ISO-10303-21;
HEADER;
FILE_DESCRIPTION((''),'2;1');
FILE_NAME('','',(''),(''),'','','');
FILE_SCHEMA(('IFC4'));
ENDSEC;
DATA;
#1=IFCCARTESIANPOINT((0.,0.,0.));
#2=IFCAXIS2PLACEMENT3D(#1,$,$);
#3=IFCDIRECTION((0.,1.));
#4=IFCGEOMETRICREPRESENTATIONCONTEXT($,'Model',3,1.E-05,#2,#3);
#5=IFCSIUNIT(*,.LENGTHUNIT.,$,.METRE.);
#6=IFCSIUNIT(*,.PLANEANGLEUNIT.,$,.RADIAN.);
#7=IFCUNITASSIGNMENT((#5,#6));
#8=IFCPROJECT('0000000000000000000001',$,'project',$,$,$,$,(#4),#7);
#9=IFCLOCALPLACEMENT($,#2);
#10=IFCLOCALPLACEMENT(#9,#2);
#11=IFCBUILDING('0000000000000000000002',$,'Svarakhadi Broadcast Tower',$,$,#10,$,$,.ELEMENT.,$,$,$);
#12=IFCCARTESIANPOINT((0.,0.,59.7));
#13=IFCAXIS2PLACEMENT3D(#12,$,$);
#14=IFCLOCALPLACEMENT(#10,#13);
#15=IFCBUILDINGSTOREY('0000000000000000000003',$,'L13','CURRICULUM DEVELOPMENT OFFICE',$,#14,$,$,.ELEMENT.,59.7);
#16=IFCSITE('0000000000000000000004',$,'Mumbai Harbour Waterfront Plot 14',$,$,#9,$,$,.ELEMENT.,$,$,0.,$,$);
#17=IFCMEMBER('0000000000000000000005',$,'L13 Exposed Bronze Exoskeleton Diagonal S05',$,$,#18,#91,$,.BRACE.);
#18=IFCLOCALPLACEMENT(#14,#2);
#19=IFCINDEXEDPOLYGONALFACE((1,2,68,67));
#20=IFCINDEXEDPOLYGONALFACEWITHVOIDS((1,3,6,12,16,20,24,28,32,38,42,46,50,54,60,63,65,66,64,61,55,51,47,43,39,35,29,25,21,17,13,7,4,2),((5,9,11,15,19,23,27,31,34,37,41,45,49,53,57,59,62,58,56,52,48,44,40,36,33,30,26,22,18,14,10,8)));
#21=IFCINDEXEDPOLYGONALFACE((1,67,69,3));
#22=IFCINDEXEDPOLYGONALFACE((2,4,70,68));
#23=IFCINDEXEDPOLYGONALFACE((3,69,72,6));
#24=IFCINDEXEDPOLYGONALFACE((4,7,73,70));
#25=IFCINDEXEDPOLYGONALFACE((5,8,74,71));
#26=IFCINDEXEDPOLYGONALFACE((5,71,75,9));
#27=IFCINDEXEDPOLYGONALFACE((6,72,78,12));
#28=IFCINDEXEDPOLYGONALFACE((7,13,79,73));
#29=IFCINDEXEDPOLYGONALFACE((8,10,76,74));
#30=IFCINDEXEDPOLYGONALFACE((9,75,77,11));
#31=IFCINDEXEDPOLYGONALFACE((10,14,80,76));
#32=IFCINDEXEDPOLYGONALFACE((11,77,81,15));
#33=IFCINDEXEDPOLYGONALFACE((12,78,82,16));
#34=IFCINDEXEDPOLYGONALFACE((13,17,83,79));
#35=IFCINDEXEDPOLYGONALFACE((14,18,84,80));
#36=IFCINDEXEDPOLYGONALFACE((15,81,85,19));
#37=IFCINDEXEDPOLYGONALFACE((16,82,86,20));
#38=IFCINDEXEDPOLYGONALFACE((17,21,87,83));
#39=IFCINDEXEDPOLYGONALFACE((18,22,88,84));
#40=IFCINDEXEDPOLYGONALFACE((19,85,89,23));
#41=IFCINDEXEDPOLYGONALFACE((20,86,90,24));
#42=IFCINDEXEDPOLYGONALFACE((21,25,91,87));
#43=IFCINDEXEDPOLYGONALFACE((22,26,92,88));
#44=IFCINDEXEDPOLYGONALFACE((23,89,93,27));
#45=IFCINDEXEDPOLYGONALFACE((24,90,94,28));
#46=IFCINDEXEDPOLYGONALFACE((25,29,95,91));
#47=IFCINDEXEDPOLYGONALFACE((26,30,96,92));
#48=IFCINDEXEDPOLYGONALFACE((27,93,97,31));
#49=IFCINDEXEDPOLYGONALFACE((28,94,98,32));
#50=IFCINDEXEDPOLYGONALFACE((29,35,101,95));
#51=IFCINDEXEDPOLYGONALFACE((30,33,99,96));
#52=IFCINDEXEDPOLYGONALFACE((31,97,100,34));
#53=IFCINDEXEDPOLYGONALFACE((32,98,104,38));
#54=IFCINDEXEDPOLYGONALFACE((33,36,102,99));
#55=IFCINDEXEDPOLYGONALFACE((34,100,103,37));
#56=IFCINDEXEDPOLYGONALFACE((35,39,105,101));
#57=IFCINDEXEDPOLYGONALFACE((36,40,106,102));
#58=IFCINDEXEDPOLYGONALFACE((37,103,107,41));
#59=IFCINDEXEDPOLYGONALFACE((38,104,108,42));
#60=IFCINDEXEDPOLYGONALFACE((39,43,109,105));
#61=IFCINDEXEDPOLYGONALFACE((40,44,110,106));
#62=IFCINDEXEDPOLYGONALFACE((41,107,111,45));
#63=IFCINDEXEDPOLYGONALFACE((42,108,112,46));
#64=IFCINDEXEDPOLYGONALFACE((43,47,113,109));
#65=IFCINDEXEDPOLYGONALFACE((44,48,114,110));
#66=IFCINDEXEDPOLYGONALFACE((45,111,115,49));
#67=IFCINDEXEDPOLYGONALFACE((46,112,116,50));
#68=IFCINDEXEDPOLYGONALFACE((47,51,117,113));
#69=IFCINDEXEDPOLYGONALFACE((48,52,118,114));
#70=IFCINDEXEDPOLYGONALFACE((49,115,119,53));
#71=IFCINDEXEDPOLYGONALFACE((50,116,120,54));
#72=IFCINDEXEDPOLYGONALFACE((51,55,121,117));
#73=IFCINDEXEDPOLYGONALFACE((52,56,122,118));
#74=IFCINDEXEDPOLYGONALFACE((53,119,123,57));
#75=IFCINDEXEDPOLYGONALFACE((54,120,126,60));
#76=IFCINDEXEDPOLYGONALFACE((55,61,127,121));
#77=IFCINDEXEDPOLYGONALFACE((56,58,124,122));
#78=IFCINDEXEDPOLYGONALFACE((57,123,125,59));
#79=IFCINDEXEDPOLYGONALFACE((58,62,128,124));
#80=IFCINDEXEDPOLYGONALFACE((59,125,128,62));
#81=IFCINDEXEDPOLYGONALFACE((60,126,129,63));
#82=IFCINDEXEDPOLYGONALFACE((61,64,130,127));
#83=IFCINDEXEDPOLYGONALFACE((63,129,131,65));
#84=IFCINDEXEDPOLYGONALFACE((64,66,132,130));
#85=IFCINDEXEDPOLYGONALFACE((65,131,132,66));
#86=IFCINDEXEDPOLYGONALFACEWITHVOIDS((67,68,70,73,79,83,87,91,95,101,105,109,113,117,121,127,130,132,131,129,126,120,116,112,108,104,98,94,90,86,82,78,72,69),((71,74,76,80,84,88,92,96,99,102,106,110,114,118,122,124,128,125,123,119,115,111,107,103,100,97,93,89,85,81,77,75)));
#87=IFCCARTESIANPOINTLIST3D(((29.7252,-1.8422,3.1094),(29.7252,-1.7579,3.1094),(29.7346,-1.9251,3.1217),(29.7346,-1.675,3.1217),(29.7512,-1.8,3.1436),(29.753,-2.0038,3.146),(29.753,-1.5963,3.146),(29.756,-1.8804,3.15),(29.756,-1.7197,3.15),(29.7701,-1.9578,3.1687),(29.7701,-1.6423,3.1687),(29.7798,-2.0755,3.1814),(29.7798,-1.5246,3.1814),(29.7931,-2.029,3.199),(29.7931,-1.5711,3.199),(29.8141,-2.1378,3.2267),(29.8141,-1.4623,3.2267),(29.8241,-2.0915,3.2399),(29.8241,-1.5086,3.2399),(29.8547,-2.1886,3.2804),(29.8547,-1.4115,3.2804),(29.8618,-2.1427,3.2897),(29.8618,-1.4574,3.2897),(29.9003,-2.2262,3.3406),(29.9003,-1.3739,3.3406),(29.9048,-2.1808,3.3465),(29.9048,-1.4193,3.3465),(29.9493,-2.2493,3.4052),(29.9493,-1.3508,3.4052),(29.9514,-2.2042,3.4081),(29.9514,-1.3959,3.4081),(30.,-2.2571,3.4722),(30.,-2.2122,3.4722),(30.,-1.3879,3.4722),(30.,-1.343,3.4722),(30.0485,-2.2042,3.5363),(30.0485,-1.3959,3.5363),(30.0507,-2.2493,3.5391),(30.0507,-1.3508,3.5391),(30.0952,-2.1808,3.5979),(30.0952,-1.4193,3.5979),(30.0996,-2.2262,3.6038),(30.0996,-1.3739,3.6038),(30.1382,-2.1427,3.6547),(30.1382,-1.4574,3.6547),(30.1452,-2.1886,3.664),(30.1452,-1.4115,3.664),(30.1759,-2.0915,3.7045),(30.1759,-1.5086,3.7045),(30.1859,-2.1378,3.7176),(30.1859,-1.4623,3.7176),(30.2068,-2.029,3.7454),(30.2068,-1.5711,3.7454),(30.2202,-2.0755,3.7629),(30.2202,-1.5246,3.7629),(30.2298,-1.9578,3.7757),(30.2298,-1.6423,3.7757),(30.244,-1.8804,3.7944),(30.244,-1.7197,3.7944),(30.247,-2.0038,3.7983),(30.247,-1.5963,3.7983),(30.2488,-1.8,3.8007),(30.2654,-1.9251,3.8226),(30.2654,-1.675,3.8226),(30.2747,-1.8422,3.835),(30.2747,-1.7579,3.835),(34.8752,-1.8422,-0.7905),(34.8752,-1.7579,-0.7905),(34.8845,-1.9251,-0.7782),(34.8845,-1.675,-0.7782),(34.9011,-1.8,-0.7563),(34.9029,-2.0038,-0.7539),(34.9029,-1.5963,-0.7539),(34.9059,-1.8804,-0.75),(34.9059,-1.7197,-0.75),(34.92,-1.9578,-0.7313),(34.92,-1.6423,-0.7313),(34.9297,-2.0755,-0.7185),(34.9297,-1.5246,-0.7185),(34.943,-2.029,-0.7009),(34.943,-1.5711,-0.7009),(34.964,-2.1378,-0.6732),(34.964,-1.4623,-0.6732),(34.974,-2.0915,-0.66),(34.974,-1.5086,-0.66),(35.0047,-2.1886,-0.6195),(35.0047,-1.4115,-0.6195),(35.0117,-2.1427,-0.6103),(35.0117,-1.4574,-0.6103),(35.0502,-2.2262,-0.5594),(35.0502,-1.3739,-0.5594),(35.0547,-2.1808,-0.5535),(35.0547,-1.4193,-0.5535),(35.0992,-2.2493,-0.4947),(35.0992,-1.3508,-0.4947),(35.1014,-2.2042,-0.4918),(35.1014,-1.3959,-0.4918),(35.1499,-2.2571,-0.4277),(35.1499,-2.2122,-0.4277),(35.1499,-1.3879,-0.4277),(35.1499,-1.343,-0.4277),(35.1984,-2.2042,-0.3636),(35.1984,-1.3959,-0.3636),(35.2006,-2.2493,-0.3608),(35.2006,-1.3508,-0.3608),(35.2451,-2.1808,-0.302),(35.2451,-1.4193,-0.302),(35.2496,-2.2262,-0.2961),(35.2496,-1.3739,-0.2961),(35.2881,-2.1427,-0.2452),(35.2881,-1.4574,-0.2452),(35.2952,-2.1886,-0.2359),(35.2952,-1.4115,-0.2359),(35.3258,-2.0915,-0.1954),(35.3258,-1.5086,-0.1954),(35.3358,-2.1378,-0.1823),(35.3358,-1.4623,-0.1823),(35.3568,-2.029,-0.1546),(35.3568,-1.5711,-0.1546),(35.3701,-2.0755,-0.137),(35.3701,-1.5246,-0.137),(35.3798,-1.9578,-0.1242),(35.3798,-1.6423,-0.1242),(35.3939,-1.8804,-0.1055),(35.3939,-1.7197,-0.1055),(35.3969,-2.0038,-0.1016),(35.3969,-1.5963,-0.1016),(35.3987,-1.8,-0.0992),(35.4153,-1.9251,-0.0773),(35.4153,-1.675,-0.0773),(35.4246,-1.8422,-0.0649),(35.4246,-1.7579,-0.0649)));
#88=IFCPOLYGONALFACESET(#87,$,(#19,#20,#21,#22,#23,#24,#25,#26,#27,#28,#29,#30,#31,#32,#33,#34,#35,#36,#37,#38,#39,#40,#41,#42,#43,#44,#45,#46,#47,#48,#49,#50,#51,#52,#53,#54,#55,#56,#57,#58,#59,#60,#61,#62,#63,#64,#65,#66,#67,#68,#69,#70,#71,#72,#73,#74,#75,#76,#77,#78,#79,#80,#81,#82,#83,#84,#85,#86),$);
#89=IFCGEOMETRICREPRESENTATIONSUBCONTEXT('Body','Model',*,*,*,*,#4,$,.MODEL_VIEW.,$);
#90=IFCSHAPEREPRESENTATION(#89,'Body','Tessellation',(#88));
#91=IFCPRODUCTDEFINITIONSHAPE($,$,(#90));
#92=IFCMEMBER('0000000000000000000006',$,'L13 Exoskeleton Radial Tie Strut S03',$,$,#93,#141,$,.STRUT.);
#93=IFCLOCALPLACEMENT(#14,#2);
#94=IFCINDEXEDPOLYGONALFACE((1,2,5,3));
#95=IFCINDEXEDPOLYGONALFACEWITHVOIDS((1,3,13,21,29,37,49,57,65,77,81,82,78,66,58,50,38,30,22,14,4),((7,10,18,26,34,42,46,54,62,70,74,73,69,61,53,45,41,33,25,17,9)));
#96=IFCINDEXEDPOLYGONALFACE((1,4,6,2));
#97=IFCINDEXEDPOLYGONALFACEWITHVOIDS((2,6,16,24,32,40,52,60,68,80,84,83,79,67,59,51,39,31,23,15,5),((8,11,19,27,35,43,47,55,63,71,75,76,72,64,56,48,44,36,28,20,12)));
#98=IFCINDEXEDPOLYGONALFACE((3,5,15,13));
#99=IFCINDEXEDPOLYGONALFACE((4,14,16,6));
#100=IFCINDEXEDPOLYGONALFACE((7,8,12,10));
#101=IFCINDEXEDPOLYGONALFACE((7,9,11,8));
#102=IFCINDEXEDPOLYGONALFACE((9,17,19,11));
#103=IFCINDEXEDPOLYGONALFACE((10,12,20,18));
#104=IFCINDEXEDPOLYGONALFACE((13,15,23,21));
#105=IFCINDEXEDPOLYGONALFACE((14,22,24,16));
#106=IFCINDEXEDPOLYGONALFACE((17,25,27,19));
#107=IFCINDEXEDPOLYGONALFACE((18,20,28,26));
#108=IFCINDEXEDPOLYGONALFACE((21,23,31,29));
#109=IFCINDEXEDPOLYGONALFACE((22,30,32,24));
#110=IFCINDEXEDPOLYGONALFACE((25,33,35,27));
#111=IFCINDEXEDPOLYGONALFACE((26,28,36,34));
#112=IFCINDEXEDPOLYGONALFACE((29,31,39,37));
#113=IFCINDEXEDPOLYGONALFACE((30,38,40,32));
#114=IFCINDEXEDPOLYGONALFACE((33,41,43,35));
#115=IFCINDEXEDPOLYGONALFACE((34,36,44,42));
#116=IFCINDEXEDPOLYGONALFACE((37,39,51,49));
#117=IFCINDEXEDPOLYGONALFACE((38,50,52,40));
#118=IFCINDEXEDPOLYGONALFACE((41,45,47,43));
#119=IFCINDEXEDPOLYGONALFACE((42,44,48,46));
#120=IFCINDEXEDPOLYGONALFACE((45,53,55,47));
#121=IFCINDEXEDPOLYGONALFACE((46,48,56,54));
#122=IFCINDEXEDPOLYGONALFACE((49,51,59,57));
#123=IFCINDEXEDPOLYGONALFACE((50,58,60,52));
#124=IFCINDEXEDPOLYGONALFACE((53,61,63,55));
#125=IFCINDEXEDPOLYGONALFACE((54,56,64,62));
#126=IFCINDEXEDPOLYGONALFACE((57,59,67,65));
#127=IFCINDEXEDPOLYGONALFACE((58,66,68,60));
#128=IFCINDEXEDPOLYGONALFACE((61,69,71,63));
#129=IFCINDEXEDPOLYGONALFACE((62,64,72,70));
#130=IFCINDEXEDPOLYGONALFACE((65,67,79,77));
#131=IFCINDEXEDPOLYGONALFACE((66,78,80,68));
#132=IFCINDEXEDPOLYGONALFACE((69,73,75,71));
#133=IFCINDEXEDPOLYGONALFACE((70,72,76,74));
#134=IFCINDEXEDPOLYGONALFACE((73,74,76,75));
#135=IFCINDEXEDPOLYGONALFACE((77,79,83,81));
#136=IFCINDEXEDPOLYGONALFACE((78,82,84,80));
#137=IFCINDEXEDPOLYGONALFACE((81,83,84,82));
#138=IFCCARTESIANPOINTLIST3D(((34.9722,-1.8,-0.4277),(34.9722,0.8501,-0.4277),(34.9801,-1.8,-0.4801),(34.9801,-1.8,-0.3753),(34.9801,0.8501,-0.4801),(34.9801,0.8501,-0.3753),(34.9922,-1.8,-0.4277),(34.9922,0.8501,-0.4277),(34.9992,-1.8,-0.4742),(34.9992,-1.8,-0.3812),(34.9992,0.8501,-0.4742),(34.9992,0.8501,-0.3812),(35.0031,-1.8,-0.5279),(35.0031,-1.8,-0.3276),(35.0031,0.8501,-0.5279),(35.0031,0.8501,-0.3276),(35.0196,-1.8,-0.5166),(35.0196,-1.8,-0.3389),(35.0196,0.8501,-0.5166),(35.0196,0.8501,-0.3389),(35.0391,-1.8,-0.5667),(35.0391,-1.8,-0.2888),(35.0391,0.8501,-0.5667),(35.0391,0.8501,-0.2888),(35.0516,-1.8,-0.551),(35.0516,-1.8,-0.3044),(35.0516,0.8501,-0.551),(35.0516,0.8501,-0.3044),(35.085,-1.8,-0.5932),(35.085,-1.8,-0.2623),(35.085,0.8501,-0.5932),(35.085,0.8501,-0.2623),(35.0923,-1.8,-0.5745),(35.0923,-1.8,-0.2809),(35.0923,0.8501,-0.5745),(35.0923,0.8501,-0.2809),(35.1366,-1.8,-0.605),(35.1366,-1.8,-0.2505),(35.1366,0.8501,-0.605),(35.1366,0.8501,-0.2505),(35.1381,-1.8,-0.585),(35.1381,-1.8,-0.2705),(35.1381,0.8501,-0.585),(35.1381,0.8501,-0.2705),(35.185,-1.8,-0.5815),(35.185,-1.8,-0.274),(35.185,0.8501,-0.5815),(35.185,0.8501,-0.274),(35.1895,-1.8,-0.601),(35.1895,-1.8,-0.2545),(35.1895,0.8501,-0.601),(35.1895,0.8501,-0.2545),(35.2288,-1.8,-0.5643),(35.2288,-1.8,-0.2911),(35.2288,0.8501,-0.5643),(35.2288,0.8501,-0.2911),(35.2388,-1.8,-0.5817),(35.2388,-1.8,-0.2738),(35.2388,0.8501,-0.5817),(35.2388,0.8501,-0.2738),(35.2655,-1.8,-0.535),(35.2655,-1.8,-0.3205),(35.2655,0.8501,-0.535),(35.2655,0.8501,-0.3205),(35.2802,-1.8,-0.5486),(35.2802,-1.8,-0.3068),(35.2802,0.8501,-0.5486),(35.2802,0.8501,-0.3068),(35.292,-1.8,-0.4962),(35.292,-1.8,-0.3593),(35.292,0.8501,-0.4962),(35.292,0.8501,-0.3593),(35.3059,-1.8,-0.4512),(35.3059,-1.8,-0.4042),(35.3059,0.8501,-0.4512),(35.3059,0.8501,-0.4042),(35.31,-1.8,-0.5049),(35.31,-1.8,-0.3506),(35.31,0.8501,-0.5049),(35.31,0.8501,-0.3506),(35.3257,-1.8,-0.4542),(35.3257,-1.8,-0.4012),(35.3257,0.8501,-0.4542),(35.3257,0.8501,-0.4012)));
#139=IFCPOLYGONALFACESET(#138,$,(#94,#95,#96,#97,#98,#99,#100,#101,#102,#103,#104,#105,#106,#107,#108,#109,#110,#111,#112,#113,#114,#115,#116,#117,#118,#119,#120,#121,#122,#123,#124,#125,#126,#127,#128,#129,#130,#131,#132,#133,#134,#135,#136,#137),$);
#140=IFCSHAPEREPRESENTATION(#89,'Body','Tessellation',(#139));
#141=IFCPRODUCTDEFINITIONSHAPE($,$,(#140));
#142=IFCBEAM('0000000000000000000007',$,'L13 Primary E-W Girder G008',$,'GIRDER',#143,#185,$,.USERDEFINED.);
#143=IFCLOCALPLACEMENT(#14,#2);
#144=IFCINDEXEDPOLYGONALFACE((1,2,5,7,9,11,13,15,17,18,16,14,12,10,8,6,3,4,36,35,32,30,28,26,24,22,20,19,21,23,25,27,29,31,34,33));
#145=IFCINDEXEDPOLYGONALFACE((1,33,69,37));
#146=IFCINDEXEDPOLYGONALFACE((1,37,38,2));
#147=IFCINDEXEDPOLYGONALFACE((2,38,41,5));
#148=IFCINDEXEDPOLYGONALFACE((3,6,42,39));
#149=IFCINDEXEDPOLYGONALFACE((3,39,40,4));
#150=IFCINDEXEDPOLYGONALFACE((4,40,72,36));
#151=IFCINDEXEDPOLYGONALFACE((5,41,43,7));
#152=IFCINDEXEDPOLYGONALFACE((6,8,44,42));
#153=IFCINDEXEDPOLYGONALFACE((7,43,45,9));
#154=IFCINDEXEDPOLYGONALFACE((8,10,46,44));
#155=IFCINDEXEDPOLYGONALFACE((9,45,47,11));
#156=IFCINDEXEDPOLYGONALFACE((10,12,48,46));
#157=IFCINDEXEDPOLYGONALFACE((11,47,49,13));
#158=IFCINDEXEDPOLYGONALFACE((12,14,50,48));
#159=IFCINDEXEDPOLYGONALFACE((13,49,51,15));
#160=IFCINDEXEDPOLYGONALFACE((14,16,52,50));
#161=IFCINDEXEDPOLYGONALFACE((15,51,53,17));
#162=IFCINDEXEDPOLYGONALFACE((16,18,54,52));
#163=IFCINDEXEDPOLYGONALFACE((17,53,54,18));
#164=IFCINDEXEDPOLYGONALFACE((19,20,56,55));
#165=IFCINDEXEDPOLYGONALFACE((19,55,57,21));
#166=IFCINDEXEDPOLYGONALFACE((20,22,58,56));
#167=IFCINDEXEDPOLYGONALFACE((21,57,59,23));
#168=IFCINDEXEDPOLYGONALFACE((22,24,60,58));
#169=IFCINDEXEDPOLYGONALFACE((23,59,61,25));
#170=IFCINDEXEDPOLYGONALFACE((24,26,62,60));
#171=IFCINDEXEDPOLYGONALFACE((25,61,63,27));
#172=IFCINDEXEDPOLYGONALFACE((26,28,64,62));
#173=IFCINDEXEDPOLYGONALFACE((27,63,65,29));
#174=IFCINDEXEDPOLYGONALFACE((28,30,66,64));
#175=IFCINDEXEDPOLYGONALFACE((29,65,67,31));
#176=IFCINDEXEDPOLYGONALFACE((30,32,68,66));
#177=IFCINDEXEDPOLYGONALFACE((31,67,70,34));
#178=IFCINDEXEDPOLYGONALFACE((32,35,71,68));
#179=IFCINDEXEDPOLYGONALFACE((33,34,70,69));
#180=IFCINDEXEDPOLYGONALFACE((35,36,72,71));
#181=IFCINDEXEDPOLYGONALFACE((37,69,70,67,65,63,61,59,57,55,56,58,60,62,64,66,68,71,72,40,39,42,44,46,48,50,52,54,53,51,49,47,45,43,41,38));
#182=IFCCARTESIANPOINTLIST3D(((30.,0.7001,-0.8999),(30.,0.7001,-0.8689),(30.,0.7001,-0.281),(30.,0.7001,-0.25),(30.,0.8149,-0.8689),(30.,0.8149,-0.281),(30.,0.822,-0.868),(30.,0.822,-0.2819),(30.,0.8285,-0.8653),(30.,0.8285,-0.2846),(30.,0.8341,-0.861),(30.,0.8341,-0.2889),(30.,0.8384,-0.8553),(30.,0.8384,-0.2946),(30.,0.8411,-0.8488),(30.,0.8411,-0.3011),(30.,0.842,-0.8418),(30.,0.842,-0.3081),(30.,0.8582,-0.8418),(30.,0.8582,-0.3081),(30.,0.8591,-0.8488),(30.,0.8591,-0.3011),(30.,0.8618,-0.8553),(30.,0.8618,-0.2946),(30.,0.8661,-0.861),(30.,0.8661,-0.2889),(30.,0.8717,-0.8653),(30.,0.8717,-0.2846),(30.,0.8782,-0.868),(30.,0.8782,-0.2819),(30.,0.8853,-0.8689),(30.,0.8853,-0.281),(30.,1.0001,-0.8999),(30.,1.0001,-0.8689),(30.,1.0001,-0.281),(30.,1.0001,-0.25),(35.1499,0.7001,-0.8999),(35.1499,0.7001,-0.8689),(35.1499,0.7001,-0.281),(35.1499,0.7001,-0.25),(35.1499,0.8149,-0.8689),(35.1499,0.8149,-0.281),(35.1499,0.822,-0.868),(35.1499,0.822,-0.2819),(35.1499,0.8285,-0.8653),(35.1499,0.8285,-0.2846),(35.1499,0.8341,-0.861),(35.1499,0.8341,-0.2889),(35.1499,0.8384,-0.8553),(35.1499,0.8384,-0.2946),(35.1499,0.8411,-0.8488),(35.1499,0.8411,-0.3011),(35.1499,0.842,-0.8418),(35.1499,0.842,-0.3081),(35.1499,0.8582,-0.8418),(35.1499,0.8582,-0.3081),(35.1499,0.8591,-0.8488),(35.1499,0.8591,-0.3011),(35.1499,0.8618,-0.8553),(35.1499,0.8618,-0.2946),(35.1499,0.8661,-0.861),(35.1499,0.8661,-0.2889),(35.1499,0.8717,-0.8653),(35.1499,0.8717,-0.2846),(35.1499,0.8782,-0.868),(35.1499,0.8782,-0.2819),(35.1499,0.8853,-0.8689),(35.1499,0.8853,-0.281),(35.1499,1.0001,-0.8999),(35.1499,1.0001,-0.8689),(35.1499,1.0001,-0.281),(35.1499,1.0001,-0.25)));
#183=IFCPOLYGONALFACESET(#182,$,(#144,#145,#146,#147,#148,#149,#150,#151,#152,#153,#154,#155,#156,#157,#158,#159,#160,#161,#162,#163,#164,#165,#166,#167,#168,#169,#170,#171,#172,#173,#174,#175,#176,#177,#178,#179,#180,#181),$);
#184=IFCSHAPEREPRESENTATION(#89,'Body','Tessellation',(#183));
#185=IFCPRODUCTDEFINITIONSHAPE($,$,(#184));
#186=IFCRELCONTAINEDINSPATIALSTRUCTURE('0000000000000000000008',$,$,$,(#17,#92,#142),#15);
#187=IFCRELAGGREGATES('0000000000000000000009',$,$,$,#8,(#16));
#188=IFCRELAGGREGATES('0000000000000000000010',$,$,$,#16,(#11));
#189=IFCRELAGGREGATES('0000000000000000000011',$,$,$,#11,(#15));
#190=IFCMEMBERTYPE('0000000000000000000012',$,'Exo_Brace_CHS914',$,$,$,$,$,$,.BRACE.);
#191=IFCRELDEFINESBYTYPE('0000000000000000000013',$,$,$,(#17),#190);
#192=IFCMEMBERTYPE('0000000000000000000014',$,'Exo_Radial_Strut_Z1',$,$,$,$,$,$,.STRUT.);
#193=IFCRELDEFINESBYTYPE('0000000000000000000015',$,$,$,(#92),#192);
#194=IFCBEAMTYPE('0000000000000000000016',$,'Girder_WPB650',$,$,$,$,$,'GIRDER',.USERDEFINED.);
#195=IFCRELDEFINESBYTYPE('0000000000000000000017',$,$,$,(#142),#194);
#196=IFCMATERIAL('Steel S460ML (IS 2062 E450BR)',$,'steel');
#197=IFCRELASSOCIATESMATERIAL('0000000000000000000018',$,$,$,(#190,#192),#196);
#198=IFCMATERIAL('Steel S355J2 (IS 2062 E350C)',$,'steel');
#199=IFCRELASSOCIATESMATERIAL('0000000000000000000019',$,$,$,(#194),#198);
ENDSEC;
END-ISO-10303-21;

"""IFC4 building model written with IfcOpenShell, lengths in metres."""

from ifc_helpers import new_model, si_unit, direction, frame, origin, origin_2d, place, context, subcontext, project, spatial, hollow_circle, i_section, extrude, material, material_profile, profile_set, type_object, element, save


model = new_model("IFC4")

# Units and contexts
model_context = context("Model", 3, precision=1e-05, world=origin(), true_north=direction((0.0, 1.0)))
body_context = subcontext(model_context, "Body", "Model", "MODEL_VIEW")
ifc_project = project(units=[si_unit("LENGTHUNIT", "METRE"), si_unit("PLANEANGLEUNIT", "RADIAN")], contexts=[model_context])

# Site, building, storey
site_placement = place(None, origin())
site = spatial("IfcSite", under=ifc_project, at=site_placement, Name="Mumbai Harbour Waterfront Plot 14", CompositionType="ELEMENT", RefElevation=0.0)
building_placement = place(site_placement, origin())
building = spatial("IfcBuilding", under=site, at=building_placement, Name="Svarakhadi Broadcast Tower", CompositionType="ELEMENT")
storey_placement = place(building_placement, frame((0.0, 0.0, 59.7)))
storey = spatial("IfcBuildingStorey", under=building, at=storey_placement, Name="L13", Description="CURRICULUM DEVELOPMENT OFFICE", CompositionType="ELEMENT", Elevation=59.7)

# Members
ifc_material_1 = material(Name="Steel S460ML (IS 2062 E450BR)", Category="steel")
ifc_material_profile_1 = material_profile(ifc_material_1, hollow_circle(Radius=0.457, WallThickness=0.0449, at=origin_2d()), Name="CHS 914x45")
ifc_profile_set_1 = profile_set([ifc_material_profile_1], Name="Steel S460ML (IS 2062 E450BR)")
member_type_1 = type_object("IfcMemberType", Name="Exo_Brace_CHS914", PredefinedType="BRACE", material=ifc_profile_set_1)
member_1_placement = place(storey_placement, frame((35.1499, -1.8, -0.4277), z_axis=(-0.797207, 0.0, 0.603706), x_axis=(0.0, -1.0, 0.0)))
element("IfcMember", 1, at=member_1_placement, inside=storey, type_object=member_type_1, Name="L13 Exposed Bronze Exoskeleton Diagonal S05", PredefinedType="BRACE", context=body_context, shape_type="SweptSolid", body=[
    extrude(hollow_circle(Radius=0.457, WallThickness=0.0449, at=origin_2d()), origin(), (0.0, 0.0, 1.0), 6.46),
])
ifc_material_profile_2 = material_profile(ifc_material_1, hollow_circle(Radius=0.1777, WallThickness=0.02, at=origin_2d()), Name="CHS 355.6x20")
ifc_profile_set_2 = profile_set([ifc_material_profile_2], Name="Steel S460ML (IS 2062 E450BR)")
member_type_2 = type_object("IfcMemberType", Name="Exo_Radial_Strut_Z1", PredefinedType="STRUT", material=ifc_profile_set_2)
member_2_placement = place(storey_placement, frame((35.1499, -1.8, -0.4277), z_axis=(0.0, 1.0, 0.0), x_axis=(-1.0, 0.0, 0.0)))
element("IfcMember", 2, at=member_2_placement, inside=storey, type_object=member_type_2, Name="L13 Exoskeleton Radial Tie Strut S03", PredefinedType="STRUT", context=body_context, shape_type="SweptSolid", body=[
    extrude(hollow_circle(Radius=0.1777, WallThickness=0.02, at=origin_2d()), origin(), (0.0, 0.0, 1.0), 2.6501),
])

# Beam
ifc_material_2 = material(Name="Steel S355J2 (IS 2062 E350C)", Category="steel")
ifc_material_profile_3 = material_profile(ifc_material_2, i_section(OverallWidth=0.3, OverallDepth=0.6499, WebThickness=0.0161, FlangeThickness=0.031, FilletRadius=0.0271, at=origin_2d()), Name="WPB 650x300x225")
ifc_profile_set_3 = profile_set([ifc_material_profile_3], Name="Steel S355J2 (IS 2062 E350C)")
beam_type_1 = type_object("IfcBeamType", Name="Girder_WPB650", ElementType="GIRDER", PredefinedType="USERDEFINED", material=ifc_profile_set_3)
beam_1_placement = place(storey_placement, frame((30.0, 0.8501, -0.575), z_axis=(1.0, 0.0, 0.0), x_axis=(0.0, 1.0, 0.0)))
element("IfcBeam", 3, at=beam_1_placement, inside=storey, type_object=beam_type_1, Name="L13 Primary E-W Girder G008", ObjectType="GIRDER", PredefinedType="USERDEFINED", context=body_context, shape_type="SweptSolid", body=[
    extrude(i_section(OverallWidth=0.3, OverallDepth=0.6499, WebThickness=0.0161, FlangeThickness=0.031, FilletRadius=0.0271, at=origin_2d()), origin(), (0.0, 0.0, 1.0), 5.1499),
])

save(model, "model.ifc")
